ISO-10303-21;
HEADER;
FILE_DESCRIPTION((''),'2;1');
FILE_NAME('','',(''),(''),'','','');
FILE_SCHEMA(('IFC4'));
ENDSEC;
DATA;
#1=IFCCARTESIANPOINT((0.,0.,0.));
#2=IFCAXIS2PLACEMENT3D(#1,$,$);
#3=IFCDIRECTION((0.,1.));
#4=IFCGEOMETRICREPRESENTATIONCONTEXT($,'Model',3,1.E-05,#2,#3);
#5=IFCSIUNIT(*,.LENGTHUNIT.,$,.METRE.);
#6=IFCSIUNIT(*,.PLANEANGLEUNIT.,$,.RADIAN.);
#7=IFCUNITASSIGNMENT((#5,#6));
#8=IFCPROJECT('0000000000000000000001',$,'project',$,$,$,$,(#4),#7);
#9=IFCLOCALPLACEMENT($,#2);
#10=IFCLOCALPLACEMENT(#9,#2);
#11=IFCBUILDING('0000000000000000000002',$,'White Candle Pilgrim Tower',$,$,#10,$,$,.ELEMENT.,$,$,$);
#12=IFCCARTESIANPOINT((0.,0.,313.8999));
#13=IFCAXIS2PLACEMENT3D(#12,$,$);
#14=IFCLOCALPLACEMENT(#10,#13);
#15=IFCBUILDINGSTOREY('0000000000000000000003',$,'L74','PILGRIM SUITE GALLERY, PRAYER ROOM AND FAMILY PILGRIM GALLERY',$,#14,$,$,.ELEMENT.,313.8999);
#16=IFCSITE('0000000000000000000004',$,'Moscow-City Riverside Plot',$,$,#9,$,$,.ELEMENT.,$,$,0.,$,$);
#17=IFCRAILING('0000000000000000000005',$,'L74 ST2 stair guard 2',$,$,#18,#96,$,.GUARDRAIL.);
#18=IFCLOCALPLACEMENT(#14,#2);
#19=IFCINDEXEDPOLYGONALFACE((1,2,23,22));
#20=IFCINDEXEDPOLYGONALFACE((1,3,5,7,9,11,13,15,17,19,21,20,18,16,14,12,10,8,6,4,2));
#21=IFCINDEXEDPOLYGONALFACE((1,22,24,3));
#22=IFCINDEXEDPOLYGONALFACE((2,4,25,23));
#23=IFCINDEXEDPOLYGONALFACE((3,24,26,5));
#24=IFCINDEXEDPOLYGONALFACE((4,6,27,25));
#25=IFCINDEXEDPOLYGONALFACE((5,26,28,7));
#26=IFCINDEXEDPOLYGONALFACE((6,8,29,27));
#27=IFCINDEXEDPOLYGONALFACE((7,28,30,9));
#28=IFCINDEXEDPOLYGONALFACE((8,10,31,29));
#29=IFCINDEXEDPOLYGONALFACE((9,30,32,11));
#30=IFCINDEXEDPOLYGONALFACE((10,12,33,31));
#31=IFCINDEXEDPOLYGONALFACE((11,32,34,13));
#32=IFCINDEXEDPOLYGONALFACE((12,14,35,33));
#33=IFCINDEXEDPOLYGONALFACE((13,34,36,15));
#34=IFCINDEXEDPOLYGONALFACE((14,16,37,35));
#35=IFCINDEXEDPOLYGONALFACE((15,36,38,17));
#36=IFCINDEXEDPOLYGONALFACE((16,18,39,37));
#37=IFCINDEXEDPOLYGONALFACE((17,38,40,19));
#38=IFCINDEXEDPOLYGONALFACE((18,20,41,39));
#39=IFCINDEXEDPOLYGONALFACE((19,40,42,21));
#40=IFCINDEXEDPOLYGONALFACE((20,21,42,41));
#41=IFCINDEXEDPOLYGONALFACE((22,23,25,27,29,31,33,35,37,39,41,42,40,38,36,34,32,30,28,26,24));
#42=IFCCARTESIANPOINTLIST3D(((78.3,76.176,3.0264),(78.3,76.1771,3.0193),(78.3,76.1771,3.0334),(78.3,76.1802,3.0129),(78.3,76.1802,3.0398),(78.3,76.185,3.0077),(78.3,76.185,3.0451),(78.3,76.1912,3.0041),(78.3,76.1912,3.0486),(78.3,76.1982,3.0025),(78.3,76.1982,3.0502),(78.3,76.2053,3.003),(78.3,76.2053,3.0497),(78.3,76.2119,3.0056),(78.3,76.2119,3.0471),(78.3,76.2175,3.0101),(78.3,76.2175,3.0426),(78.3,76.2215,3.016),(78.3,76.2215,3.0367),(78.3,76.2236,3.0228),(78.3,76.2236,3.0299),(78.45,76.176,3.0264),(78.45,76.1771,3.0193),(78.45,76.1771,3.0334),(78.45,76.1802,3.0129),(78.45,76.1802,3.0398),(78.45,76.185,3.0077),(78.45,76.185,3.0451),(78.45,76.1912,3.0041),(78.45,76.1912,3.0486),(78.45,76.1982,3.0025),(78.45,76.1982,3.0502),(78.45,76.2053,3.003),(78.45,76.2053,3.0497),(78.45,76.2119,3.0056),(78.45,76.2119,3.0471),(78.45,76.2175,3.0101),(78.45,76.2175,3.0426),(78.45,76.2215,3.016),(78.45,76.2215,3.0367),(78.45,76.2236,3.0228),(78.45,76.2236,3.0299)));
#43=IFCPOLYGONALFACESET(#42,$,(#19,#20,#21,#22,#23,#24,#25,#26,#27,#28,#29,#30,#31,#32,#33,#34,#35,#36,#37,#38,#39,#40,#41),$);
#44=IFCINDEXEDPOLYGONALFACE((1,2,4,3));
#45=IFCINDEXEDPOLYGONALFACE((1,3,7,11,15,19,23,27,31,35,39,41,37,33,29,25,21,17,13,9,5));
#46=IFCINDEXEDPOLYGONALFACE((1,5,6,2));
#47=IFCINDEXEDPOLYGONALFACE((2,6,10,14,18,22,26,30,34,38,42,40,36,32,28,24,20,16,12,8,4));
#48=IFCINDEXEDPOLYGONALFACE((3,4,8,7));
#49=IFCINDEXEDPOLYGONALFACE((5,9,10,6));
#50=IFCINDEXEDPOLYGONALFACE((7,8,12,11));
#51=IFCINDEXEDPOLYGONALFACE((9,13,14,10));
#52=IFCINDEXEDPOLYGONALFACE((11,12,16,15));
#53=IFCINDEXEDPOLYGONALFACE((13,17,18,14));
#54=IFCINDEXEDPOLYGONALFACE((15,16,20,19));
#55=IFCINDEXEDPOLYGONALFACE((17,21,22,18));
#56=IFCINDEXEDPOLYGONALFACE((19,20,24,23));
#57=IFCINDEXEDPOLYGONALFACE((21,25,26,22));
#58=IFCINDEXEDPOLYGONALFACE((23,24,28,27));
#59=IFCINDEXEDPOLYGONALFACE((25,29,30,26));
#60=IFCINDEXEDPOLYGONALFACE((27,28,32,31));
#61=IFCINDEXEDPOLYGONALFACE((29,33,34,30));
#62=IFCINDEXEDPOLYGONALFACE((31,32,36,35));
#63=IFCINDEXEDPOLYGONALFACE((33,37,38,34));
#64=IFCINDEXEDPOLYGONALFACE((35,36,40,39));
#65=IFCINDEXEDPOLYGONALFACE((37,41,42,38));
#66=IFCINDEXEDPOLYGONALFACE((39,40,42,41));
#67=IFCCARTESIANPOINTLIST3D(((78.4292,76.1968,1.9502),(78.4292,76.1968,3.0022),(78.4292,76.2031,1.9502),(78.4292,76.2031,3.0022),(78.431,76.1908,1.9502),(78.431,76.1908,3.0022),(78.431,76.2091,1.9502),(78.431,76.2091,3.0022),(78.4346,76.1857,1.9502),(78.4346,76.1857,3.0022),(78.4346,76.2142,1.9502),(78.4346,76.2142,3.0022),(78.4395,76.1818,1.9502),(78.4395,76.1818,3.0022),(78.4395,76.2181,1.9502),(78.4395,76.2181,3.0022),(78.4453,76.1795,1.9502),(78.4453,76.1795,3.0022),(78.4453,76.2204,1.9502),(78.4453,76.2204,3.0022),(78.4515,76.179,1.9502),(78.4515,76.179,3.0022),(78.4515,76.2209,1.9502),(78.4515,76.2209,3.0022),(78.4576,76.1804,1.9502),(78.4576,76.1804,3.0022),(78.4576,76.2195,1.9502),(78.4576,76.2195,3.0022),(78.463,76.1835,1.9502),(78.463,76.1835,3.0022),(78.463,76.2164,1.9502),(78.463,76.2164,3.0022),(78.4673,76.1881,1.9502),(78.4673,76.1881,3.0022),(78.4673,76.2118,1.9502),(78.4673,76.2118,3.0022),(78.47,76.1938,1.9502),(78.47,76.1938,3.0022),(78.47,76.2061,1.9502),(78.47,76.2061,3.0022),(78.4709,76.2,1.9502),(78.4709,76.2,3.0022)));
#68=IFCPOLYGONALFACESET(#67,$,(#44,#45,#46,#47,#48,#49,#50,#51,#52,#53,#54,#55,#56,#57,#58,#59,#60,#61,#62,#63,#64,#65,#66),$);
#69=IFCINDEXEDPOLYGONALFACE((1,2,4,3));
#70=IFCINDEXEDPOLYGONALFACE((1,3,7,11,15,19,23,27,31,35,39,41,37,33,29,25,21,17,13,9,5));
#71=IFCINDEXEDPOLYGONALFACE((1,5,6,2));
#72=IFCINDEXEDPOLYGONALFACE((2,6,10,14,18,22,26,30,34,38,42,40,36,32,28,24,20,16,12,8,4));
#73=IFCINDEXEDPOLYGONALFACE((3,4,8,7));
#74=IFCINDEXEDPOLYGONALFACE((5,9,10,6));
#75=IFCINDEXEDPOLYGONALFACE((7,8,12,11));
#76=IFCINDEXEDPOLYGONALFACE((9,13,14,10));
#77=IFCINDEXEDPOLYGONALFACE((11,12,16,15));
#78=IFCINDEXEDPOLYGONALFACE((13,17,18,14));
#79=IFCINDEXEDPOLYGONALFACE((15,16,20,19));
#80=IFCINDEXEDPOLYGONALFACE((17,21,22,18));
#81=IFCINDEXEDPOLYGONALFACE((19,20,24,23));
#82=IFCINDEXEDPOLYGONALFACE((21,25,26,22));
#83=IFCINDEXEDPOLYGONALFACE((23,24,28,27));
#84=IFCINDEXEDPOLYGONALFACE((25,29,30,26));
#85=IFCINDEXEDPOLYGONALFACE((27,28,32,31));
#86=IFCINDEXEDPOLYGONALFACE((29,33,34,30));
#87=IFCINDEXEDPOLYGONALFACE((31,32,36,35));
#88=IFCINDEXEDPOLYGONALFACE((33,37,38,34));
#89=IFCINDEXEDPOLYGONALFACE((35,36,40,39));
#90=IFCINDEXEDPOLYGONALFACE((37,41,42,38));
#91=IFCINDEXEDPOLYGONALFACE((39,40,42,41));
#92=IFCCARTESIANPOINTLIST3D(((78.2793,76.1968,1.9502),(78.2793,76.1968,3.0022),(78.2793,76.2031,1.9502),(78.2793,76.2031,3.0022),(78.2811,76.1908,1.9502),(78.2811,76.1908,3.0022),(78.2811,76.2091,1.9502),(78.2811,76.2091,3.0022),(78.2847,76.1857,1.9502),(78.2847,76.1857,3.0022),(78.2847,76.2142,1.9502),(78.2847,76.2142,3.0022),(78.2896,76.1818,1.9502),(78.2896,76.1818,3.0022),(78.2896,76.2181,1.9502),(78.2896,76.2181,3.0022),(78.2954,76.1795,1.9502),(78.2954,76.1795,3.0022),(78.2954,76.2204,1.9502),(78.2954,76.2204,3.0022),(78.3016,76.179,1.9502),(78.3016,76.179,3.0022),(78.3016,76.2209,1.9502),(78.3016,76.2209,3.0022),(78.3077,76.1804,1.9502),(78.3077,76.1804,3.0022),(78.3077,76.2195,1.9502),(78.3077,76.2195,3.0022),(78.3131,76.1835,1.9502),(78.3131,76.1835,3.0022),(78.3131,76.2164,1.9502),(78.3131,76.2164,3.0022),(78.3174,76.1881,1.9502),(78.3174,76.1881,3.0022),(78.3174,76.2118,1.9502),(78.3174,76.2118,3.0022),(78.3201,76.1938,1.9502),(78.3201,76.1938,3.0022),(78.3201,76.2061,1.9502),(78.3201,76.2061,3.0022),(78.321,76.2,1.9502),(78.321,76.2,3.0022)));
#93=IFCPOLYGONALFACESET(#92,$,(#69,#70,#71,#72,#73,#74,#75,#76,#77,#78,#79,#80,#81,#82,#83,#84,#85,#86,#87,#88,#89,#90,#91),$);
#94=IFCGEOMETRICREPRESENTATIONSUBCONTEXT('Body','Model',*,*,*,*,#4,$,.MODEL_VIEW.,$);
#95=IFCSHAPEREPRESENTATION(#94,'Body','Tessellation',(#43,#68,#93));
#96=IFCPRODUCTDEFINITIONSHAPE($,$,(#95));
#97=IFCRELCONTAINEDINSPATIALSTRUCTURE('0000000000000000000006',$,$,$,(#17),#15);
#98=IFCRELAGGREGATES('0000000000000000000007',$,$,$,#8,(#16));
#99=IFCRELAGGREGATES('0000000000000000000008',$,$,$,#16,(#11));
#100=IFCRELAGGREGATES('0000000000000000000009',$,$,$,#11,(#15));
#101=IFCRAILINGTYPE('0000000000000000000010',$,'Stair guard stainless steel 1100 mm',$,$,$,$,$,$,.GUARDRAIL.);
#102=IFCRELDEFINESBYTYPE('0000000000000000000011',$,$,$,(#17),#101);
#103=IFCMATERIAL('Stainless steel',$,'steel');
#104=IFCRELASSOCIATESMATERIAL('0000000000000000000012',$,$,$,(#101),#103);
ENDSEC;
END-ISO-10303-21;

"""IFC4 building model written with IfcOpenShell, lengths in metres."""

from ifc_helpers import new_model, si_unit, direction, frame, origin, origin_2d, place, context, subcontext, project, spatial, circle, extrude, material, type_object, element, save


model = new_model("IFC4")

# Units and contexts
model_context = context("Model", 3, precision=1e-05, world=origin(), true_north=direction((0.0, 1.0)))
body_context = subcontext(model_context, "Body", "Model", "MODEL_VIEW")
ifc_project = project(units=[si_unit("LENGTHUNIT", "METRE"), si_unit("PLANEANGLEUNIT", "RADIAN")], contexts=[model_context])

# Site, building, storey
site_placement = place(None, origin())
site = spatial("IfcSite", under=ifc_project, at=site_placement, Name="Moscow-City Riverside Plot", CompositionType="ELEMENT", RefElevation=0.0)
building_placement = place(site_placement, origin())
building = spatial("IfcBuilding", under=site, at=building_placement, Name="White Candle Pilgrim Tower", CompositionType="ELEMENT")
storey_placement = place(building_placement, frame((0.0, 0.0, 313.8999)))
storey = spatial("IfcBuildingStorey", under=building, at=storey_placement, Name="L74", Description="PILGRIM SUITE GALLERY, PRAYER ROOM AND FAMILY PILGRIM GALLERY", CompositionType="ELEMENT", Elevation=313.8999)

# Railing
ifc_material_1 = material(Name="Stainless steel", Category="steel")
railing_type_1 = type_object("IfcRailingType", Name="Stair guard stainless steel 1100 mm", PredefinedType="GUARDRAIL", material=ifc_material_1)
railing_1_placement = place(storey_placement, frame((78.45, 76.2, 1.9502)))
element("IfcRailing", 1, at=railing_1_placement, inside=storey, type_object=railing_type_1, Name="L74 ST2 stair guard 2", PredefinedType="GUARDRAIL", context=body_context, shape_type="SweptSolid", body=[
    extrude(circle(Radius=0.0239, at=origin_2d()), frame((0.0, 0.0, 1.0762), z_axis=(-1.0, 0.0, 0.0), x_axis=(0.0, -1.0, 0.0)), (0.0, 0.0, 1.0), 0.1499),
    extrude(circle(Radius=0.021, at=origin_2d()), origin(), (0.0, 0.0, 1.0), 1.052),
    extrude(circle(Radius=0.021, at=origin_2d()), frame((-0.1499, 0.0, 0.0)), (0.0, 0.0, 1.0), 1.052),
])

save(model, "model.ifc")
